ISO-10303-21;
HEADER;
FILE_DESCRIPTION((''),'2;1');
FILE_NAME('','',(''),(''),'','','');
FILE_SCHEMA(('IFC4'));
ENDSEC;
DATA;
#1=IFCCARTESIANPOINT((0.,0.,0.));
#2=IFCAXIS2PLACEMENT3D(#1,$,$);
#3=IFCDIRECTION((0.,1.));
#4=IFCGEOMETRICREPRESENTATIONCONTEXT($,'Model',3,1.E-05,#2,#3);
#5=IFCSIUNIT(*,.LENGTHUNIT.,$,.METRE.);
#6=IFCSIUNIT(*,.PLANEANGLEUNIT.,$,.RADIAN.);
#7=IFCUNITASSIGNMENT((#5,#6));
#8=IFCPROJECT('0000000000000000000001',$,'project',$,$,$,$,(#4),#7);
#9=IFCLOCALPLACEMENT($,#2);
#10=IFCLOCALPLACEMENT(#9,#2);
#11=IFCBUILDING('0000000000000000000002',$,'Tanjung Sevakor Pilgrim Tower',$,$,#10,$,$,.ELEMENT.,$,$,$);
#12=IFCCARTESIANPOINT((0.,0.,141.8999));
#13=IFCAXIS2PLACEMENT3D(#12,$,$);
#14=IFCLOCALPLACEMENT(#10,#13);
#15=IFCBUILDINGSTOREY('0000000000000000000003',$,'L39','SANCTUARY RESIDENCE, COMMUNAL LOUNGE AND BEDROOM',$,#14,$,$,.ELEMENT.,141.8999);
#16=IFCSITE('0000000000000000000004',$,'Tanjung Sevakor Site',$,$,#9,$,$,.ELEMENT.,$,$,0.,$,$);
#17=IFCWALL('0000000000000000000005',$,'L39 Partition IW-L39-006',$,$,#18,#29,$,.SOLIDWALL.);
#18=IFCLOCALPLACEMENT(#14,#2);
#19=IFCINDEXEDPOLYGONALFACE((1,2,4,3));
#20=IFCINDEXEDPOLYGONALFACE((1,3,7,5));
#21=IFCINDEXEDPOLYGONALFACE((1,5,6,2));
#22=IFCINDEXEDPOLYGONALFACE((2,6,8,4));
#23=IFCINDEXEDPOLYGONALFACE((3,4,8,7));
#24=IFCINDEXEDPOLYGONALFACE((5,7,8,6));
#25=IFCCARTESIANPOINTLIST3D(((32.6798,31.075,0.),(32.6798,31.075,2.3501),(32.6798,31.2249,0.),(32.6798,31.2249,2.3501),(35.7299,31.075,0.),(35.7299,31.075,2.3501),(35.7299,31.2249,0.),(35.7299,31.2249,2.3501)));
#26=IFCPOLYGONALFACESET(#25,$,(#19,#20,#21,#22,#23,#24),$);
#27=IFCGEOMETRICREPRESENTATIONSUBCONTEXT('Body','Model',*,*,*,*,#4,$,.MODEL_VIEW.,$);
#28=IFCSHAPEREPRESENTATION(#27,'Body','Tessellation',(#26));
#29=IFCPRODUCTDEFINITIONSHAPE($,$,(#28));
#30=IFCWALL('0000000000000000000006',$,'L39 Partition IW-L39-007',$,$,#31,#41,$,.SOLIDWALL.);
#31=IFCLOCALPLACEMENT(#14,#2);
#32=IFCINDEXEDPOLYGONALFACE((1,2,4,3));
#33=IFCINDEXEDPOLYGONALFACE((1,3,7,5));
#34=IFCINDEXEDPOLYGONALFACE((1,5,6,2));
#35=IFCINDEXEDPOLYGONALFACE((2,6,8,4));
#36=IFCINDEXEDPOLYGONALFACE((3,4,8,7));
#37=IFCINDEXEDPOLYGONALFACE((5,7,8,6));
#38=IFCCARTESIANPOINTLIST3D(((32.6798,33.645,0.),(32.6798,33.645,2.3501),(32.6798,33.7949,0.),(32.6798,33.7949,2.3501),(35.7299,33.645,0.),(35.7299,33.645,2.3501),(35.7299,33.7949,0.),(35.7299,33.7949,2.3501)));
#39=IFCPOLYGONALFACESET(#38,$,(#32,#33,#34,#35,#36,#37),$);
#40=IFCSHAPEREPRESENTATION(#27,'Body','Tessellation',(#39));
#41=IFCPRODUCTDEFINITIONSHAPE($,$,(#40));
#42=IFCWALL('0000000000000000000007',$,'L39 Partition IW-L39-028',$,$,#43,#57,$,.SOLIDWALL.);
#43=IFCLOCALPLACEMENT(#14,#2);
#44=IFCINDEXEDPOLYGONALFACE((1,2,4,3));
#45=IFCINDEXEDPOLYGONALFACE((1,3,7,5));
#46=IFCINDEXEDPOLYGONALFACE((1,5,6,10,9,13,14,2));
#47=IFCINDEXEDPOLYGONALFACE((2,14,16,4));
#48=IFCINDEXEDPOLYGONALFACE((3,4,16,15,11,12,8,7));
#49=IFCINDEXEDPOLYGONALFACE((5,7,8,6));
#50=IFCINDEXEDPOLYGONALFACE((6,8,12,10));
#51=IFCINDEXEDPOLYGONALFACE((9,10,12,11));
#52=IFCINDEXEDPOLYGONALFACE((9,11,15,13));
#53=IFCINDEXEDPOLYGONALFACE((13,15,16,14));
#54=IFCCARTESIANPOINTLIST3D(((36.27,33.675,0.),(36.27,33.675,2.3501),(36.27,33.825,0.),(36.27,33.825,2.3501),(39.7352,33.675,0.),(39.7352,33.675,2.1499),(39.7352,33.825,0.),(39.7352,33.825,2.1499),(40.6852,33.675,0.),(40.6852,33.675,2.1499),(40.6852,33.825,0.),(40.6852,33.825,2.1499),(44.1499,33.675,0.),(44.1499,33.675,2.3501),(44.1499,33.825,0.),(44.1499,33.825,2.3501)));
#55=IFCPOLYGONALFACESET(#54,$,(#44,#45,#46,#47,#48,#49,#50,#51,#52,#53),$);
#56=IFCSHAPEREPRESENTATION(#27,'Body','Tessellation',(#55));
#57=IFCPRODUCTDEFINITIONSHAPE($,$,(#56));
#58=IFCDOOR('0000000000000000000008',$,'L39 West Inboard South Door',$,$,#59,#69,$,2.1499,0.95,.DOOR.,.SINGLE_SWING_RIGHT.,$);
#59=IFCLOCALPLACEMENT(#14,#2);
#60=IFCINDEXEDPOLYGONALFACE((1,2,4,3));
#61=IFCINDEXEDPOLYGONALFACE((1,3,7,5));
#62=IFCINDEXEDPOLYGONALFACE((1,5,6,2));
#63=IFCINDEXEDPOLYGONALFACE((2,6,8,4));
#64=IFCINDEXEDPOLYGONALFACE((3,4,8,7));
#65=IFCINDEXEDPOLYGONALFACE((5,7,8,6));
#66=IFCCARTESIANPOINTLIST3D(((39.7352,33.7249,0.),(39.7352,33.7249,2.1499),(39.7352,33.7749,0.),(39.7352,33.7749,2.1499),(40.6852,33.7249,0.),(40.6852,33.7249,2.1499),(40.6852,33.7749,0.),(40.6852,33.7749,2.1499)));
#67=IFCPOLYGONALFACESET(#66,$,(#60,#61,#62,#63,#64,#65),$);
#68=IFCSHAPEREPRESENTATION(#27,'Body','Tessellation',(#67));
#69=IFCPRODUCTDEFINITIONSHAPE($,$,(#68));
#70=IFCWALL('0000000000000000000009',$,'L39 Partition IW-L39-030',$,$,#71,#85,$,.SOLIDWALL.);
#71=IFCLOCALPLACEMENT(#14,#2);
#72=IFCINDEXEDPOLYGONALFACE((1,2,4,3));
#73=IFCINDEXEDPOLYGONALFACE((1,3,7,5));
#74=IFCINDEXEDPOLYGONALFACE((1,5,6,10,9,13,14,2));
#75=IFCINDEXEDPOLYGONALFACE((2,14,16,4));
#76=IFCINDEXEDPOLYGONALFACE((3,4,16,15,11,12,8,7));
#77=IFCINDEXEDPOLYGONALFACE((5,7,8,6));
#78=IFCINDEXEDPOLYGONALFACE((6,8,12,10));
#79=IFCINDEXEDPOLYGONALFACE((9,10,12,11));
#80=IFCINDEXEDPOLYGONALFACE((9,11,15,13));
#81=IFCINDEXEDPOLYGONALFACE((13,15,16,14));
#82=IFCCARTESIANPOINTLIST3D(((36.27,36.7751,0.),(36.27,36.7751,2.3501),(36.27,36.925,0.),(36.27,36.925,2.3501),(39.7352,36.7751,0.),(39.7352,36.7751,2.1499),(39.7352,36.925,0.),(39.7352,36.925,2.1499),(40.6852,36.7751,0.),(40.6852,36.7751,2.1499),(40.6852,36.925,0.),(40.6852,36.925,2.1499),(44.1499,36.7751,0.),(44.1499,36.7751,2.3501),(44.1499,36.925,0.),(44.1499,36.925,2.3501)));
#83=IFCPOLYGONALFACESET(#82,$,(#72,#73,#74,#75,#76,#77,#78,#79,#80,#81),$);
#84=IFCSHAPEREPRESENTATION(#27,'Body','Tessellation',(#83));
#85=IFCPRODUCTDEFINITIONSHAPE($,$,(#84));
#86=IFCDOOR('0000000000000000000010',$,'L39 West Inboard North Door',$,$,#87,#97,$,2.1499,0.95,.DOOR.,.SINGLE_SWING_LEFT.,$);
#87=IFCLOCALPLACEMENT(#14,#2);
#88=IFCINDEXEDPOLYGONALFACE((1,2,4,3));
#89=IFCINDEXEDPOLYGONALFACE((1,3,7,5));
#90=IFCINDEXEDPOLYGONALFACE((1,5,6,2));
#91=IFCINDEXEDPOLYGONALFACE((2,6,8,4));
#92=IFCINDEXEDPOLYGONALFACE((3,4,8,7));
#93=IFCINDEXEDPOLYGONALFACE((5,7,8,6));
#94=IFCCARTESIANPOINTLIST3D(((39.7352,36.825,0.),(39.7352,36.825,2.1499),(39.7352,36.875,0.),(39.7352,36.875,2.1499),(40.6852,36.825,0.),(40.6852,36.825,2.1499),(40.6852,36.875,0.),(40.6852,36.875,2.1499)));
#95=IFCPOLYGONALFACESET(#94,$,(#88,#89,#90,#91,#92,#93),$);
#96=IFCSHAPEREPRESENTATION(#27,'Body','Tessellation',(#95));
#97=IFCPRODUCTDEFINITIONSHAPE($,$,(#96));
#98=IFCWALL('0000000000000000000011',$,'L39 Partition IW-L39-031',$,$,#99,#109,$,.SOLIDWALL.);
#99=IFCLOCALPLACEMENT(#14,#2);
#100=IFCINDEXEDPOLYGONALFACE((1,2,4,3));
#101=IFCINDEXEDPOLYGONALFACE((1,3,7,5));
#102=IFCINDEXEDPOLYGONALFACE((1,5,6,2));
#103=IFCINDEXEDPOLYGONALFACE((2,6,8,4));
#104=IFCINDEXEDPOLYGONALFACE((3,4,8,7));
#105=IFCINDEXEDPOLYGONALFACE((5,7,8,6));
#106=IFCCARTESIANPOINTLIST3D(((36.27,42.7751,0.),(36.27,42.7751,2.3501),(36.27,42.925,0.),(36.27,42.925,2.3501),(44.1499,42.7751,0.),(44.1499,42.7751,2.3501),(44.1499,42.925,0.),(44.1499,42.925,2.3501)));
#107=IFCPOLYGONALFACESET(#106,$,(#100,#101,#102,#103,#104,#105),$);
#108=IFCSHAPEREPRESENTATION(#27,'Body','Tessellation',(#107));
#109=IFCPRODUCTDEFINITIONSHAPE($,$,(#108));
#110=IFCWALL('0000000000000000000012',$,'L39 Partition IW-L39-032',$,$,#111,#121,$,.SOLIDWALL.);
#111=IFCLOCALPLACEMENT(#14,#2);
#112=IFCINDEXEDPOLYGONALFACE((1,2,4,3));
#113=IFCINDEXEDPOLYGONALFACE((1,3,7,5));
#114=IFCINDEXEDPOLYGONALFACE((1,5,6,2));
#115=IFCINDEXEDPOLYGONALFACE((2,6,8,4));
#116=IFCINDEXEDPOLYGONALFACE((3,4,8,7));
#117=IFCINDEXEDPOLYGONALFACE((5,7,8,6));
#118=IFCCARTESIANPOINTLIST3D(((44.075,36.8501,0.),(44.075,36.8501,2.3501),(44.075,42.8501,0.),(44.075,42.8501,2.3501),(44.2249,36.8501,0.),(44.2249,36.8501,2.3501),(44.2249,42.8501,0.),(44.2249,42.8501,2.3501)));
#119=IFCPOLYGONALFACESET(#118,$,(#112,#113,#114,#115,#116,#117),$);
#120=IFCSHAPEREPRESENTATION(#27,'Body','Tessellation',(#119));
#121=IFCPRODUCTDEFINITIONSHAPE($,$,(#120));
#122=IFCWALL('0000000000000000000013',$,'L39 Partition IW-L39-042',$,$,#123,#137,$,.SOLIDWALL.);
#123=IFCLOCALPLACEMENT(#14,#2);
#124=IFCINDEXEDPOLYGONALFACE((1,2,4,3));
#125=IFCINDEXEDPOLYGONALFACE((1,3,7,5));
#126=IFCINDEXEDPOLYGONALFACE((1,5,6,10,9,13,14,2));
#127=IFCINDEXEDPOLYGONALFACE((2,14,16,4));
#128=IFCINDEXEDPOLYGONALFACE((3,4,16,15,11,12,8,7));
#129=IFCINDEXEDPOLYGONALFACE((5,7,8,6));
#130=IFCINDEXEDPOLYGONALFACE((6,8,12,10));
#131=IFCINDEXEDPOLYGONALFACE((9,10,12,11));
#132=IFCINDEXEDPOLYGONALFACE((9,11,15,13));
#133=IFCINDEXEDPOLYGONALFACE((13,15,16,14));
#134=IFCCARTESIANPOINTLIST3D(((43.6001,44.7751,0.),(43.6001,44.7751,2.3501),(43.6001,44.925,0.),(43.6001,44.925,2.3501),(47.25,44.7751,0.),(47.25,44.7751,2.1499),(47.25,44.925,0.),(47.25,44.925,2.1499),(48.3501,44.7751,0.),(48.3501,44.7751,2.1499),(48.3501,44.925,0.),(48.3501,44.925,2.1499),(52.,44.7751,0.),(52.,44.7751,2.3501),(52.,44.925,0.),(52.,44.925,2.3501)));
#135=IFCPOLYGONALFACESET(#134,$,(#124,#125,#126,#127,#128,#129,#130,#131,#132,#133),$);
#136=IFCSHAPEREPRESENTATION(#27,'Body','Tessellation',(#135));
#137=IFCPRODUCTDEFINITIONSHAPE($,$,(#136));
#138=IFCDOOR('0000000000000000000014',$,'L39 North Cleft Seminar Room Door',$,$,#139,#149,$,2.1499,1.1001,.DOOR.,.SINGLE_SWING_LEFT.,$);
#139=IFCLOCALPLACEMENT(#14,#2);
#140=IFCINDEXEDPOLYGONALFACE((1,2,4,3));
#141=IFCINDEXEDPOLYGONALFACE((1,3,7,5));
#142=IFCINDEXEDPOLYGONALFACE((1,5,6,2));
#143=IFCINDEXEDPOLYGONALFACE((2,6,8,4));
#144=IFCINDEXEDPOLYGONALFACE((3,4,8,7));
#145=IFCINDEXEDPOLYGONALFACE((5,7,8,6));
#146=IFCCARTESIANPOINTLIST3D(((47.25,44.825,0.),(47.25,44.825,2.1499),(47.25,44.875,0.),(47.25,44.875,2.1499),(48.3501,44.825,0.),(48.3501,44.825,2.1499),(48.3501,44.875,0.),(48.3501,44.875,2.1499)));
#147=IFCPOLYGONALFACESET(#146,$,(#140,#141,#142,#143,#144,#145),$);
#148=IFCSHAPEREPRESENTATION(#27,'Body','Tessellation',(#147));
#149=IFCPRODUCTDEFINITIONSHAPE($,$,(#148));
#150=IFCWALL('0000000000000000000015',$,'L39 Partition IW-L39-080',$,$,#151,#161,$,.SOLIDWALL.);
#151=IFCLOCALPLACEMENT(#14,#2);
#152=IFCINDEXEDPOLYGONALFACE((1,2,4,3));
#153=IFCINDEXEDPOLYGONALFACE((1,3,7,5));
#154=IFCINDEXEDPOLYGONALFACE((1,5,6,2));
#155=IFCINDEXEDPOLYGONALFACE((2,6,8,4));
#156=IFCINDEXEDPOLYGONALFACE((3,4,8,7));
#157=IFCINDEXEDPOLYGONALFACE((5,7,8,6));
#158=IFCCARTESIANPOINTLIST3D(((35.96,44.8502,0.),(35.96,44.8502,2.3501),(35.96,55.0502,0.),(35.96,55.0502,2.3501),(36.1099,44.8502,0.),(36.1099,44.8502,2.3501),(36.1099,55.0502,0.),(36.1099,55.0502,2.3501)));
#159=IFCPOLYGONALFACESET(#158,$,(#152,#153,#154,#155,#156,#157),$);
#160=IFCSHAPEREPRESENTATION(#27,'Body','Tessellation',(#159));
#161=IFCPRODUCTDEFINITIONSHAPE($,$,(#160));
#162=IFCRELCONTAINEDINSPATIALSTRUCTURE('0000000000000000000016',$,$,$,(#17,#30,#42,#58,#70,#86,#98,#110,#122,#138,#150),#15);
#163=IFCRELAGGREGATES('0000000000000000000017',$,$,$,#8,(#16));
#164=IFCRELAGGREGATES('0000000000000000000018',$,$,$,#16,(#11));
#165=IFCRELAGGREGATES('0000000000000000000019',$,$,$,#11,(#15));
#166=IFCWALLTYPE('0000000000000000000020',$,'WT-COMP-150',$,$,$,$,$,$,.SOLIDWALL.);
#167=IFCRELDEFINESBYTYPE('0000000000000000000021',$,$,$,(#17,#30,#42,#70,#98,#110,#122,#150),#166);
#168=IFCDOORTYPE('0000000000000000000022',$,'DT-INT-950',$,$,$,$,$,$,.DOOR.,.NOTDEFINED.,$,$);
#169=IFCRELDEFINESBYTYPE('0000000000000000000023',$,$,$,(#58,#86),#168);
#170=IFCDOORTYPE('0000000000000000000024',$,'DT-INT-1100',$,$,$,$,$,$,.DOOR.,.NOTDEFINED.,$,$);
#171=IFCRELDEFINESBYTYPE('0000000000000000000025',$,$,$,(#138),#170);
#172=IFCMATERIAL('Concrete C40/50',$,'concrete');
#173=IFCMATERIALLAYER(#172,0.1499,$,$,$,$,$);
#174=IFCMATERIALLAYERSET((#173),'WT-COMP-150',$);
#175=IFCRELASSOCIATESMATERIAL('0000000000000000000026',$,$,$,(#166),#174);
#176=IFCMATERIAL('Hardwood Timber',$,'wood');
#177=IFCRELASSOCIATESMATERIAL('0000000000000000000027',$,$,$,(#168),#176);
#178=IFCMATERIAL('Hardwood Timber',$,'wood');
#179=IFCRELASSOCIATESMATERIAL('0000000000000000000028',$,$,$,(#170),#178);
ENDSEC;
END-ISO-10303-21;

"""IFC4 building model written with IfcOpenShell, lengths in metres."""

from ifc_helpers import new_model, si_unit, direction, frame, frame_2d, origin, place, context, subcontext, project, spatial, rectangle, extrude, material, layer, layer_set, type_object, element, fill, save


model = new_model("IFC4")

# Units and contexts
model_context = context("Model", 3, precision=1e-05, world=origin(), true_north=direction((0.0, 1.0)))
body_context = subcontext(model_context, "Body", "Model", "MODEL_VIEW")
ifc_project = project(units=[si_unit("LENGTHUNIT", "METRE"), si_unit("PLANEANGLEUNIT", "RADIAN")], contexts=[model_context])

# Site, building, storey
site_placement = place(None, origin())
site = spatial("IfcSite", under=ifc_project, at=site_placement, Name="Tanjung Sevakor Site", CompositionType="ELEMENT", RefElevation=0.0)
building_placement = place(site_placement, origin())
building = spatial("IfcBuilding", under=site, at=building_placement, Name="Tanjung Sevakor Pilgrim Tower", CompositionType="ELEMENT")
storey_placement = place(building_placement, frame((0.0, 0.0, 141.8999)))
storey = spatial("IfcBuildingStorey", under=building, at=storey_placement, Name="L39", Description="SANCTUARY RESIDENCE, COMMUNAL LOUNGE AND BEDROOM", CompositionType="ELEMENT", Elevation=141.8999)

# Walls
ifc_material_1 = material(Name="Concrete C40/50", Category="concrete")
ifc_layer_1 = layer(ifc_material_1, 0.1499)
ifc_layer_set_1 = layer_set([ifc_layer_1], Name="WT-COMP-150")
wall_type_1 = type_object("IfcWallType", Name="WT-COMP-150", PredefinedType="SOLIDWALL", material=ifc_layer_set_1)
for number, where, z_axis, x_axis, name in (
    (1, (32.6799, 31.1499, 0.0), (0.0, 0.0, 1.0), (1.0, 0.0, 0.0), "L39 Partition IW-L39-006"),
    (2, (32.6799, 33.72, 0.0), (0.0, 0.0, 1.0), (1.0, 0.0, 0.0), "L39 Partition IW-L39-007"),
):
    element("IfcWall", number, at=place(storey_placement, frame(where, z_axis=z_axis, x_axis=x_axis)), inside=storey, type_object=wall_type_1, Name=name, PredefinedType="SOLIDWALL", context=body_context, shape_type="SweptSolid", body=[
        extrude(rectangle(XDim=3.05, YDim=0.1499, at=frame_2d((1.5249, 0.0))), origin(), (0.0, 0.0, 1.0), 2.3501),
    ])

# Walls, openings, doors
wall_1_placement = place(storey_placement, frame((36.27, 33.75, 0.0), z_axis=(0.0, 0.0, 1.0), x_axis=(1.0, 0.0, 0.0)))
wall_1 = element("IfcWall", 3, at=wall_1_placement, inside=storey, type_object=wall_type_1, Name="L39 Partition IW-L39-028", PredefinedType="SOLIDWALL", context=body_context, shape_type="SweptSolid", body=[
    extrude(rectangle(XDim=7.8799, YDim=0.1499, at=frame_2d((3.9399, 0.0))), origin(), (0.0, 0.0, 1.0), 2.3501),
])
opening_1_placement = place(wall_1_placement, frame((3.4651, 0.0, 0.0)))
opening_1 = element("IfcOpeningElement", 4, at=opening_1_placement, cuts=wall_1, PredefinedType="OPENING", context=body_context, shape_type="SweptSolid", body=[
    extrude(rectangle(XDim=0.95, YDim=2.1499, at=frame_2d((0.4751, 1.075))), frame((0.0, 0.085, 0.0), z_axis=(0.0, -1.0, 0.0), x_axis=(1.0, 0.0, 0.0)), (0.0, 0.0, 1.0), 0.1699),
])
ifc_material_2 = material(Name="Hardwood Timber", Category="wood")
door_type_1 = type_object("IfcDoorType", Name="DT-INT-950", OperationType="NOTDEFINED", PredefinedType="DOOR", material=ifc_material_2)
door_1_placement = place(opening_1_placement, origin())
door_1 = element("IfcDoor", 5, at=door_1_placement, inside=storey, type_object=door_type_1, Name="L39 West Inboard South Door", OperationType="SINGLE_SWING_RIGHT", OverallHeight=2.1499, OverallWidth=0.95, PredefinedType="DOOR", context=body_context, shape_type="SweptSolid", body=[
    extrude(rectangle(XDim=0.95, YDim=2.1499, at=frame_2d((0.4751, 1.075))), frame((0.0, 0.0249, 0.0), z_axis=(0.0, -1.0, 0.0), x_axis=(1.0, 0.0, 0.0)), (0.0, 0.0, 1.0), 0.05),
])
fill(opening_1, door_1)
wall_2_placement = place(storey_placement, frame((36.27, 36.8501, 0.0), z_axis=(0.0, 0.0, 1.0), x_axis=(1.0, 0.0, 0.0)))
wall_2 = element("IfcWall", 6, at=wall_2_placement, inside=storey, type_object=wall_type_1, Name="L39 Partition IW-L39-030", PredefinedType="SOLIDWALL", context=body_context, shape_type="SweptSolid", body=[
    extrude(rectangle(XDim=7.8799, YDim=0.1499, at=frame_2d((3.9399, 0.0))), origin(), (0.0, 0.0, 1.0), 2.3501),
])
opening_2_placement = place(wall_2_placement, frame((3.4651, 0.0, 0.0)))
opening_2 = element("IfcOpeningElement", 7, at=opening_2_placement, cuts=wall_2, PredefinedType="OPENING", context=body_context, shape_type="SweptSolid", body=[
    extrude(rectangle(XDim=0.95, YDim=2.1499, at=frame_2d((0.4751, 1.075))), frame((0.0, 0.085, 0.0), z_axis=(0.0, -1.0, 0.0), x_axis=(1.0, 0.0, 0.0)), (0.0, 0.0, 1.0), 0.1699),
])
door_2_placement = place(opening_2_placement, origin())
door_2 = element("IfcDoor", 8, at=door_2_placement, inside=storey, type_object=door_type_1, Name="L39 West Inboard North Door", OperationType="SINGLE_SWING_LEFT", OverallHeight=2.1499, OverallWidth=0.95, PredefinedType="DOOR", context=body_context, shape_type="SweptSolid", body=[
    extrude(rectangle(XDim=0.95, YDim=2.1499, at=frame_2d((0.4751, 1.075))), frame((0.0, 0.0249, 0.0), z_axis=(0.0, -1.0, 0.0), x_axis=(1.0, 0.0, 0.0)), (0.0, 0.0, 1.0), 0.05),
])
fill(opening_2, door_2)

# Walls
wall_3_placement = place(storey_placement, frame((36.27, 42.8501, 0.0), z_axis=(0.0, 0.0, 1.0), x_axis=(1.0, 0.0, 0.0)))
element("IfcWall", 9, at=wall_3_placement, inside=storey, type_object=wall_type_1, Name="L39 Partition IW-L39-031", PredefinedType="SOLIDWALL", context=body_context, shape_type="SweptSolid", body=[
    extrude(rectangle(XDim=7.8799, YDim=0.1499, at=frame_2d((3.9399, 0.0))), origin(), (0.0, 0.0, 1.0), 2.3501),
])
wall_4_placement = place(storey_placement, frame((44.1499, 36.8501, 0.0), z_axis=(0.0, 0.0, 1.0), x_axis=(0.0, 1.0, 0.0)))
element("IfcWall", 10, at=wall_4_placement, inside=storey, type_object=wall_type_1, Name="L39 Partition IW-L39-032", PredefinedType="SOLIDWALL", context=body_context, shape_type="SweptSolid", body=[
    extrude(rectangle(XDim=6.0, YDim=0.1499, at=frame_2d((3.0, 0.0))), origin(), (0.0, 0.0, 1.0), 2.3501),
])

# Wall, opening, door
wall_5_placement = place(storey_placement, frame((43.6001, 44.8501, 0.0), z_axis=(0.0, 0.0, 1.0), x_axis=(1.0, 0.0, 0.0)))
wall_5 = element("IfcWall", 11, at=wall_5_placement, inside=storey, type_object=wall_type_1, Name="L39 Partition IW-L39-042", PredefinedType="SOLIDWALL", context=body_context, shape_type="SweptSolid", body=[
    extrude(rectangle(XDim=8.3999, YDim=0.1499, at=frame_2d((4.2, 0.0))), origin(), (0.0, 0.0, 1.0), 2.3501),
])
opening_3_placement = place(wall_5_placement, frame((3.6499, 0.0, 0.0)))
opening_3 = element("IfcOpeningElement", 12, at=opening_3_placement, cuts=wall_5, PredefinedType="OPENING", context=body_context, shape_type="SweptSolid", body=[
    extrude(rectangle(XDim=1.1001, YDim=2.1499, at=frame_2d((0.55, 1.075))), frame((0.0, 0.085, 0.0), z_axis=(0.0, -1.0, 0.0), x_axis=(1.0, 0.0, 0.0)), (0.0, 0.0, 1.0), 0.1699),
])
ifc_material_3 = material(Name="Hardwood Timber", Category="wood")
door_type_2 = type_object("IfcDoorType", Name="DT-INT-1100", OperationType="NOTDEFINED", PredefinedType="DOOR", material=ifc_material_3)
door_3_placement = place(opening_3_placement, origin())
door_3 = element("IfcDoor", 13, at=door_3_placement, inside=storey, type_object=door_type_2, Name="L39 North Cleft Seminar Room Door", OperationType="SINGLE_SWING_LEFT", OverallHeight=2.1499, OverallWidth=1.1001, PredefinedType="DOOR", context=body_context, shape_type="SweptSolid", body=[
    extrude(rectangle(XDim=1.1001, YDim=2.1499, at=frame_2d((0.55, 1.075))), frame((0.0, 0.0249, 0.0), z_axis=(0.0, -1.0, 0.0), x_axis=(1.0, 0.0, 0.0)), (0.0, 0.0, 1.0), 0.05),
])
fill(opening_3, door_3)

# Wall
wall_6_placement = place(storey_placement, frame((36.0349, 44.8501, 0.0), z_axis=(0.0, 0.0, 1.0), x_axis=(0.0, 1.0, 0.0)))
element("IfcWall", 14, at=wall_6_placement, inside=storey, type_object=wall_type_1, Name="L39 Partition IW-L39-080", PredefinedType="SOLIDWALL", context=body_context, shape_type="SweptSolid", body=[
    extrude(rectangle(XDim=10.2, YDim=0.1499, at=frame_2d((5.1001, 0.0))), origin(), (0.0, 0.0, 1.0), 2.3501),
])

save(model, "model.ifc")
